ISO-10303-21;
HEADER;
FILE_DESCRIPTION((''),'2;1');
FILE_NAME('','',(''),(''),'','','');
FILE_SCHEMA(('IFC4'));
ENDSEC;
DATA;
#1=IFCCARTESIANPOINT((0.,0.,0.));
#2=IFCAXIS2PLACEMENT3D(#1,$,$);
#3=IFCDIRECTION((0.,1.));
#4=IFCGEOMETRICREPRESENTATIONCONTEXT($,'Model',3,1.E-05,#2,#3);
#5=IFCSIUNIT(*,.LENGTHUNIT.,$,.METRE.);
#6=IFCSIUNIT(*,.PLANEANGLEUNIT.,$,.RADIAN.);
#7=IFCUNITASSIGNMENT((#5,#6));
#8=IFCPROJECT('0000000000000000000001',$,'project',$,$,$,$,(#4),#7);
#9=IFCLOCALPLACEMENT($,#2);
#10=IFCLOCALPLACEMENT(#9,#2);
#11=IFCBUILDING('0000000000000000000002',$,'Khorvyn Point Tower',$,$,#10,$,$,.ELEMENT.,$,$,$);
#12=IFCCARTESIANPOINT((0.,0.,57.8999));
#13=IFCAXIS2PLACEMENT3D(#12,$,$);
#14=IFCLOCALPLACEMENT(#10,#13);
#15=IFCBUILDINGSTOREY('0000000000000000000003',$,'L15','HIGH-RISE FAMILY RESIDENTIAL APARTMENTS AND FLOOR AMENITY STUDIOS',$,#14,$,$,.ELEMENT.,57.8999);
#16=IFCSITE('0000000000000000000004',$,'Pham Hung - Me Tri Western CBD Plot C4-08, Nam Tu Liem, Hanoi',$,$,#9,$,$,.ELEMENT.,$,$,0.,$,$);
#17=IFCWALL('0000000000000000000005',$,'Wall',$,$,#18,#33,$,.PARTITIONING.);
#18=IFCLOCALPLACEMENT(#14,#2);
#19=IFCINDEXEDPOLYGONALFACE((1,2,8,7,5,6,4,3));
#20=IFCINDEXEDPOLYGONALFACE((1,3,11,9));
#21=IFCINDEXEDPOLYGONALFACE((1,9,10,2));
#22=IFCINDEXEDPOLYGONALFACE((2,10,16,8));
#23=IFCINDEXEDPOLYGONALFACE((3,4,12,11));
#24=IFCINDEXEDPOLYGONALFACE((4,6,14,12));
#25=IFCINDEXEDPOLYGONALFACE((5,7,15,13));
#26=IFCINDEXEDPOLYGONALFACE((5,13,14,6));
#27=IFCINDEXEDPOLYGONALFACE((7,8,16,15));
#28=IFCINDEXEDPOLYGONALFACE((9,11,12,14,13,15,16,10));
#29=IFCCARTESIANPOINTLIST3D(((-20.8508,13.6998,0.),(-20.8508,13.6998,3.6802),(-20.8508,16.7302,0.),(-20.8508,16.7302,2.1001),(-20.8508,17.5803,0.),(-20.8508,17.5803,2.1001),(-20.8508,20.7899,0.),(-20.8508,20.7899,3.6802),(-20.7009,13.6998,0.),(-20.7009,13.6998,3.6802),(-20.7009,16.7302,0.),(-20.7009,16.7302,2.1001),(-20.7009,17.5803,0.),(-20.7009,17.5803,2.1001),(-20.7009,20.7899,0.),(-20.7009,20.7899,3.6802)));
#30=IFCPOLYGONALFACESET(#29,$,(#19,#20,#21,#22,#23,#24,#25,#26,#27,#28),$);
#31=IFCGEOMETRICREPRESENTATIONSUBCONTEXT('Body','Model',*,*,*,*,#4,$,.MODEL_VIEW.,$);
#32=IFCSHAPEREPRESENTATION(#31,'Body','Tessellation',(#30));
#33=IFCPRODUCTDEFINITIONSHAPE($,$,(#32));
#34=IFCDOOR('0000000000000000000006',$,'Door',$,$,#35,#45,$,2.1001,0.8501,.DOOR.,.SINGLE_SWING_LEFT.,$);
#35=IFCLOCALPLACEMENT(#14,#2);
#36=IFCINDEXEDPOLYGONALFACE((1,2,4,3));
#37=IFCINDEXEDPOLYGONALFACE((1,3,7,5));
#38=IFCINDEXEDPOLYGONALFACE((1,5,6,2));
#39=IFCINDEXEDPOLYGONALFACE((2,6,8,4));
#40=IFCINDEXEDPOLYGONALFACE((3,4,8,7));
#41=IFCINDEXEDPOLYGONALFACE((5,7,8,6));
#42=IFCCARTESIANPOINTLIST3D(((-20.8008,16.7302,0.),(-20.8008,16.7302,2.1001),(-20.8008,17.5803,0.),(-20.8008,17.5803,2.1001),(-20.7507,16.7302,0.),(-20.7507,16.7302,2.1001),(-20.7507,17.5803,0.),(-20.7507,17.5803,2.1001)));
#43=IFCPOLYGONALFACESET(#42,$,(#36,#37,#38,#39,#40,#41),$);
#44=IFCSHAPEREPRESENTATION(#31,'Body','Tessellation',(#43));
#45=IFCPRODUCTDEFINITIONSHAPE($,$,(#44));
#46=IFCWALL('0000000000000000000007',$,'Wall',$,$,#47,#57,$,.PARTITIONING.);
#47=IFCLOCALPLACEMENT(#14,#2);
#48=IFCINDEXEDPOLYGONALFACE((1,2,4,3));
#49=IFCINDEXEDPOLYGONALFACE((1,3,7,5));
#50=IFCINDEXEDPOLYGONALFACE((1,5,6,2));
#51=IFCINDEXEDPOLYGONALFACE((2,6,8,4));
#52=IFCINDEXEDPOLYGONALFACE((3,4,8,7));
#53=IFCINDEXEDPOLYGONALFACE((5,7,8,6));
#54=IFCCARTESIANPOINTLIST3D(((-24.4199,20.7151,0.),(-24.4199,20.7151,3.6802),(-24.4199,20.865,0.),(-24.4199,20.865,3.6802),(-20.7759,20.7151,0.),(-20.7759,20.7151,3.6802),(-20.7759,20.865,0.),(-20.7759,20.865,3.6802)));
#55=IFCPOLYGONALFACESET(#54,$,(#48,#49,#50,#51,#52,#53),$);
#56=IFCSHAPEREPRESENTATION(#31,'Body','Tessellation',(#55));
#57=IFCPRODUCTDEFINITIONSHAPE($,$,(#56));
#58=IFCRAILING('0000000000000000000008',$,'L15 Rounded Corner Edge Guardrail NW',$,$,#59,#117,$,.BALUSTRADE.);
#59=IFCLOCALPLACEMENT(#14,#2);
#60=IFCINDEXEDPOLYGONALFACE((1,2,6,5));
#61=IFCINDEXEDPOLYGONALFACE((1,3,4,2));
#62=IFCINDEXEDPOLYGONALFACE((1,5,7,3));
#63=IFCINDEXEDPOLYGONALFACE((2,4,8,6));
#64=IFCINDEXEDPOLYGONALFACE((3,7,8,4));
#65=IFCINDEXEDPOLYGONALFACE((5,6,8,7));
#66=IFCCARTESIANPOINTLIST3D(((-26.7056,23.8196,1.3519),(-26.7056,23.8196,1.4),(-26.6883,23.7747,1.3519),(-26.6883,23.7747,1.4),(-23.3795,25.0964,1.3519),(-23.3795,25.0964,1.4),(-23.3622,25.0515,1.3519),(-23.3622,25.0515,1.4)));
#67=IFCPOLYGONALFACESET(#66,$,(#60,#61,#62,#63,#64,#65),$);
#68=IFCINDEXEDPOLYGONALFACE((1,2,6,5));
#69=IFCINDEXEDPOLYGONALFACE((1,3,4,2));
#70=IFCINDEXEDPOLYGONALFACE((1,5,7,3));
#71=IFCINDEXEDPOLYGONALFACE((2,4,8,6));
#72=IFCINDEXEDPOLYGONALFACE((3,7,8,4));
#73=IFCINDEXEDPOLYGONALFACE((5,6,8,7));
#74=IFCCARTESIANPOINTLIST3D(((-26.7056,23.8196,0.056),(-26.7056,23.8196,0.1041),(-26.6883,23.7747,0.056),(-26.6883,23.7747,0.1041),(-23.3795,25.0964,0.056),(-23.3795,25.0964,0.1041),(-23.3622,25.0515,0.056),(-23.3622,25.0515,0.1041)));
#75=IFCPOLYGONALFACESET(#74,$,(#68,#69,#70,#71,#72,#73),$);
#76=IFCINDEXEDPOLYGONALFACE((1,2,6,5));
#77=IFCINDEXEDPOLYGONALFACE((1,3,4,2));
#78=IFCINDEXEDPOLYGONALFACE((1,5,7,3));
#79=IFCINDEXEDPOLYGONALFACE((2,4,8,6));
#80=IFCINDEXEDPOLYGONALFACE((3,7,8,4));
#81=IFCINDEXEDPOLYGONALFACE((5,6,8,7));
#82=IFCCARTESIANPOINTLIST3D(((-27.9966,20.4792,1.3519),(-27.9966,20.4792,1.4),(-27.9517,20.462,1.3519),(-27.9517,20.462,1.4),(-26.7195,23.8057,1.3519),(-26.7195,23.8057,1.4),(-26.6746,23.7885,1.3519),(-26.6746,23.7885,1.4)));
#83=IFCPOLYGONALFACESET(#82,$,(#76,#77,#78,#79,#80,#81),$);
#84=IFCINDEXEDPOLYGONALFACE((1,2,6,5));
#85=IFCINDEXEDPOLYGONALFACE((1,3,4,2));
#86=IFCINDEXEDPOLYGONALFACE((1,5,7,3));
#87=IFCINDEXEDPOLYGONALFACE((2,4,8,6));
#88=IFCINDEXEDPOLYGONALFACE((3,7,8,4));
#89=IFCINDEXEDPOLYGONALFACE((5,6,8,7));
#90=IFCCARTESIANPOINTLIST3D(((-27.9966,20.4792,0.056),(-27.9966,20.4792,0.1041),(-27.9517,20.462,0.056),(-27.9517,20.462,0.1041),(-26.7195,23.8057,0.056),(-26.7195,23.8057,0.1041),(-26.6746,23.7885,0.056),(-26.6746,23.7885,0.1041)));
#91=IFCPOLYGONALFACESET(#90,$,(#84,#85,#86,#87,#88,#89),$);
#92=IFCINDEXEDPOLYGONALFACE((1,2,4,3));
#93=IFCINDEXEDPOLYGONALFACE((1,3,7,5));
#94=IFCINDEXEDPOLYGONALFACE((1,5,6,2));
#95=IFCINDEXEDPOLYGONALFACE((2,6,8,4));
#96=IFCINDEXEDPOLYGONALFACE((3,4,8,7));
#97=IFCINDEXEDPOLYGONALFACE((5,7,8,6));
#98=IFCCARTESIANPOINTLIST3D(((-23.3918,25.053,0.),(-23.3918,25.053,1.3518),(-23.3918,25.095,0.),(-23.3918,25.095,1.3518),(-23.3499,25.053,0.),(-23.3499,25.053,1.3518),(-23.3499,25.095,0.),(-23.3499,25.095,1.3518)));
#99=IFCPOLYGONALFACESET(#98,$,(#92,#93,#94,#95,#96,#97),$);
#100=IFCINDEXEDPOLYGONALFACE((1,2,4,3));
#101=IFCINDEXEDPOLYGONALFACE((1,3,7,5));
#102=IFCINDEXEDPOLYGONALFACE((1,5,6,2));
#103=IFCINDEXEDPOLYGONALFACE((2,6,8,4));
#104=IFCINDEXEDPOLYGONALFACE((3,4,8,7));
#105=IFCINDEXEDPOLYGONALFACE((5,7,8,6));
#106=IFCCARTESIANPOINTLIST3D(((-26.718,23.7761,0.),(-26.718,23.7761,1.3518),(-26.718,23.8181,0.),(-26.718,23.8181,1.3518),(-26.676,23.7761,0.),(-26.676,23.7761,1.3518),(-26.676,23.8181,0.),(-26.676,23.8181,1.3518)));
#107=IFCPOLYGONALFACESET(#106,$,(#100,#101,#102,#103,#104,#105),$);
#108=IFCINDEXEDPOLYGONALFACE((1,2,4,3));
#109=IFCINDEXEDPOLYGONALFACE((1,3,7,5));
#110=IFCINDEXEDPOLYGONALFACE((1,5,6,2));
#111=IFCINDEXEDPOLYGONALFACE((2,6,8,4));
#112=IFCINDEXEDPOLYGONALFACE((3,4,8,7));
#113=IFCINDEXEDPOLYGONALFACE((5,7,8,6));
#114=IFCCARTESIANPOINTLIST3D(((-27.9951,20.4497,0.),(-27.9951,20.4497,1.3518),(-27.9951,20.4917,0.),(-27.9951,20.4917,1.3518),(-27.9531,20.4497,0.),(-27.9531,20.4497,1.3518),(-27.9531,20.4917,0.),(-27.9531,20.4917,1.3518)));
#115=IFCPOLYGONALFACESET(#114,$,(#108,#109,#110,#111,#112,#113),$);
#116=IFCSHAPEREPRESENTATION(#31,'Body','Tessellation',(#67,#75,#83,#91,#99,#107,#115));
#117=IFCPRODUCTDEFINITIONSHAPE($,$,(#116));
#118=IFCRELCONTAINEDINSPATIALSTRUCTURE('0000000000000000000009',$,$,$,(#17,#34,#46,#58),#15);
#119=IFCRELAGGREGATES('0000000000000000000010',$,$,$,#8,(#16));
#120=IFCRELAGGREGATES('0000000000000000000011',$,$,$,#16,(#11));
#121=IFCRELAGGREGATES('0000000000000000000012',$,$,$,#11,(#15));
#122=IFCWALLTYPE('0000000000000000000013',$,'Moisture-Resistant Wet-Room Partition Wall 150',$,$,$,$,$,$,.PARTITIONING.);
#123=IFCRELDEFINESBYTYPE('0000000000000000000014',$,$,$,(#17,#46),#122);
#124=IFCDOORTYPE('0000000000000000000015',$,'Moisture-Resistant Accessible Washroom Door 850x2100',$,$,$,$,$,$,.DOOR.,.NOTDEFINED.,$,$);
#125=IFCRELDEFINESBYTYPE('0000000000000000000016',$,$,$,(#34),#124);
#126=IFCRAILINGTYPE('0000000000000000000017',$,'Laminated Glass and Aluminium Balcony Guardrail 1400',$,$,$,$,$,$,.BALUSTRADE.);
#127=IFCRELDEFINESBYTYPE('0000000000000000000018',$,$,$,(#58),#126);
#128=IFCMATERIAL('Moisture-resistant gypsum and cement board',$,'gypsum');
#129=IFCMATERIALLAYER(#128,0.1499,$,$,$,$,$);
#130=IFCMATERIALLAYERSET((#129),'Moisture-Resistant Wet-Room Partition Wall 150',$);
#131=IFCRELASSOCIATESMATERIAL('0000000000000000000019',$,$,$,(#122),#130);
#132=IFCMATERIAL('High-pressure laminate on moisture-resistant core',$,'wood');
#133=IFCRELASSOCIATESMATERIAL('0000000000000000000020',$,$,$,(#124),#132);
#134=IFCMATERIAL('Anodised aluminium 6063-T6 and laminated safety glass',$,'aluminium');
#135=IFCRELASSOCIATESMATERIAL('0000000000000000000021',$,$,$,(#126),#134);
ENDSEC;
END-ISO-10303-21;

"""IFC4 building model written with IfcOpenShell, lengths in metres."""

from ifc_helpers import new_model, si_unit, direction, frame, frame_2d, origin, origin_2d, place, context, subcontext, project, spatial, rectangle, extrude, material, layer, layer_set, type_object, element, fill, save


model = new_model("IFC4")

# Units and contexts
model_context = context("Model", 3, precision=1e-05, world=origin(), true_north=direction((0.0, 1.0)))
body_context = subcontext(model_context, "Body", "Model", "MODEL_VIEW")
ifc_project = project(units=[si_unit("LENGTHUNIT", "METRE"), si_unit("PLANEANGLEUNIT", "RADIAN")], contexts=[model_context])

# Site, building, storey
site_placement = place(None, origin())
site = spatial("IfcSite", under=ifc_project, at=site_placement, Name="Pham Hung - Me Tri Western CBD Plot C4-08, Nam Tu Liem, Hanoi", CompositionType="ELEMENT", RefElevation=0.0)
building_placement = place(site_placement, origin())
building = spatial("IfcBuilding", under=site, at=building_placement, Name="Khorvyn Point Tower", CompositionType="ELEMENT")
storey_placement = place(building_placement, frame((0.0, 0.0, 57.8999)))
storey = spatial("IfcBuildingStorey", under=building, at=storey_placement, Name="L15", Description="HIGH-RISE FAMILY RESIDENTIAL APARTMENTS AND FLOOR AMENITY STUDIOS", CompositionType="ELEMENT", Elevation=57.8999)

# Wall, opening, door
ifc_material_1 = material(Name="Moisture-resistant gypsum and cement board", Category="gypsum")
ifc_layer_1 = layer(ifc_material_1, 0.1499)
ifc_layer_set_1 = layer_set([ifc_layer_1], Name="Moisture-Resistant Wet-Room Partition Wall 150")
wall_type_1 = type_object("IfcWallType", Name="Moisture-Resistant Wet-Room Partition Wall 150", PredefinedType="PARTITIONING", material=ifc_layer_set_1)
wall_1_placement = place(storey_placement, frame((-20.7759, 13.7, 0.0), z_axis=(0.0, 0.0, 1.0), x_axis=(0.0, 1.0, 0.0)))
wall_1 = element("IfcWall", 1, at=wall_1_placement, inside=storey, type_object=wall_type_1, Name="Wall", PredefinedType="PARTITIONING", context=body_context, shape_type="SweptSolid", body=[
    extrude(rectangle(XDim=7.0901, YDim=0.1499, at=frame_2d((3.5449, 0.0))), origin(), (0.0, 0.0, 1.0), 3.6802),
])
opening_1_placement = place(wall_1_placement, frame((3.0303, 0.0, 0.0)))
opening_1 = element("IfcOpeningElement", 2, at=opening_1_placement, cuts=wall_1, PredefinedType="OPENING", context=body_context, shape_type="SweptSolid", body=[
    extrude(rectangle(XDim=0.8501, YDim=2.1001, at=frame_2d((0.425, 1.05))), frame((0.0, 0.085, 0.0), z_axis=(0.0, -1.0, 0.0), x_axis=(1.0, 0.0, 0.0)), (0.0, 0.0, 1.0), 0.1699),
])
ifc_material_2 = material(Name="High-pressure laminate on moisture-resistant core", Category="wood")
door_type_1 = type_object("IfcDoorType", Name="Moisture-Resistant Accessible Washroom Door 850x2100", OperationType="NOTDEFINED", PredefinedType="DOOR", material=ifc_material_2)
door_1_placement = place(opening_1_placement, origin())
door_1 = element("IfcDoor", 3, at=door_1_placement, inside=storey, type_object=door_type_1, Name="Door", OperationType="SINGLE_SWING_LEFT", OverallHeight=2.1001, OverallWidth=0.8501, PredefinedType="DOOR", context=body_context, shape_type="SweptSolid", body=[
    extrude(rectangle(XDim=0.8501, YDim=2.1001, at=frame_2d((0.425, 1.05))), frame((0.0, 0.0249, 0.0), z_axis=(0.0, -1.0, 0.0), x_axis=(1.0, 0.0, 0.0)), (0.0, 0.0, 1.0), 0.05),
])
fill(opening_1, door_1)

# Wall
wall_2_placement = place(storey_placement, frame((-24.4199, 20.79, 0.0), z_axis=(0.0, 0.0, 1.0), x_axis=(1.0, 0.0, 0.0)))
element("IfcWall", 4, at=wall_2_placement, inside=storey, type_object=wall_type_1, Name="Wall", PredefinedType="PARTITIONING", context=body_context, shape_type="SweptSolid", body=[
    extrude(rectangle(XDim=3.644, YDim=0.1499, at=frame_2d((1.822, 0.0))), origin(), (0.0, 0.0, 1.0), 3.6802),
])

# Railing
ifc_material_3 = material(Name="Anodised aluminium 6063-T6 and laminated safety glass", Category="aluminium")
railing_type = type_object("IfcRailingType", Name="Laminated Glass and Aluminium Balcony Guardrail 1400", PredefinedType="BALUSTRADE", material=ifc_material_3)
railing_1_placement = place(storey_placement, frame((-23.3708, 25.074, 0.0)))
element("IfcRailing", 5, at=railing_1_placement, inside=storey, type_object=railing_type, Name="L15 Rounded Corner Edge Guardrail NW", PredefinedType="BALUSTRADE", context=body_context, shape_type="SweptSolid", body=[
    extrude(rectangle(XDim=0.0481, YDim=0.0481, at=origin_2d()), frame((0.0, 0.0, 1.376), z_axis=(-0.933575, -0.358382, 0.0), x_axis=(0.358382, -0.933575, 0.0)), (0.0, 0.0, 1.0), 3.5627),
    extrude(rectangle(XDim=0.0481, YDim=0.0481, at=origin_2d()), frame((0.0, 0.0, 0.0801), z_axis=(-0.933575, -0.358382, 0.0), x_axis=(0.358382, -0.933575, 0.0)), (0.0, 0.0, 1.0), 3.5627),
    extrude(rectangle(XDim=0.0481, YDim=0.0481, at=origin_2d()), frame((-3.3262, -1.2769, 1.376), z_axis=(-0.358419, -0.933561, 0.0), x_axis=(0.933561, -0.358419, 0.0)), (0.0, 0.0, 1.0), 3.5632),
    extrude(rectangle(XDim=0.0481, YDim=0.0481, at=origin_2d()), frame((-3.3262, -1.2769, 0.0801), z_axis=(-0.358419, -0.933561, 0.0), x_axis=(0.933561, -0.358419, 0.0)), (0.0, 0.0, 1.0), 3.5632),
    extrude(rectangle(XDim=0.042, YDim=0.042, at=origin_2d()), origin(), (0.0, 0.0, 1.0), 1.3518),
    extrude(rectangle(XDim=0.042, YDim=0.042, at=origin_2d()), frame((-3.3262, -1.2769, 0.0)), (0.0, 0.0, 1.0), 1.3518),
    extrude(rectangle(XDim=0.042, YDim=0.042, at=origin_2d()), frame((-4.6033, -4.6033, 0.0)), (0.0, 0.0, 1.0), 1.3518),
])

save(model, "model.ifc")
